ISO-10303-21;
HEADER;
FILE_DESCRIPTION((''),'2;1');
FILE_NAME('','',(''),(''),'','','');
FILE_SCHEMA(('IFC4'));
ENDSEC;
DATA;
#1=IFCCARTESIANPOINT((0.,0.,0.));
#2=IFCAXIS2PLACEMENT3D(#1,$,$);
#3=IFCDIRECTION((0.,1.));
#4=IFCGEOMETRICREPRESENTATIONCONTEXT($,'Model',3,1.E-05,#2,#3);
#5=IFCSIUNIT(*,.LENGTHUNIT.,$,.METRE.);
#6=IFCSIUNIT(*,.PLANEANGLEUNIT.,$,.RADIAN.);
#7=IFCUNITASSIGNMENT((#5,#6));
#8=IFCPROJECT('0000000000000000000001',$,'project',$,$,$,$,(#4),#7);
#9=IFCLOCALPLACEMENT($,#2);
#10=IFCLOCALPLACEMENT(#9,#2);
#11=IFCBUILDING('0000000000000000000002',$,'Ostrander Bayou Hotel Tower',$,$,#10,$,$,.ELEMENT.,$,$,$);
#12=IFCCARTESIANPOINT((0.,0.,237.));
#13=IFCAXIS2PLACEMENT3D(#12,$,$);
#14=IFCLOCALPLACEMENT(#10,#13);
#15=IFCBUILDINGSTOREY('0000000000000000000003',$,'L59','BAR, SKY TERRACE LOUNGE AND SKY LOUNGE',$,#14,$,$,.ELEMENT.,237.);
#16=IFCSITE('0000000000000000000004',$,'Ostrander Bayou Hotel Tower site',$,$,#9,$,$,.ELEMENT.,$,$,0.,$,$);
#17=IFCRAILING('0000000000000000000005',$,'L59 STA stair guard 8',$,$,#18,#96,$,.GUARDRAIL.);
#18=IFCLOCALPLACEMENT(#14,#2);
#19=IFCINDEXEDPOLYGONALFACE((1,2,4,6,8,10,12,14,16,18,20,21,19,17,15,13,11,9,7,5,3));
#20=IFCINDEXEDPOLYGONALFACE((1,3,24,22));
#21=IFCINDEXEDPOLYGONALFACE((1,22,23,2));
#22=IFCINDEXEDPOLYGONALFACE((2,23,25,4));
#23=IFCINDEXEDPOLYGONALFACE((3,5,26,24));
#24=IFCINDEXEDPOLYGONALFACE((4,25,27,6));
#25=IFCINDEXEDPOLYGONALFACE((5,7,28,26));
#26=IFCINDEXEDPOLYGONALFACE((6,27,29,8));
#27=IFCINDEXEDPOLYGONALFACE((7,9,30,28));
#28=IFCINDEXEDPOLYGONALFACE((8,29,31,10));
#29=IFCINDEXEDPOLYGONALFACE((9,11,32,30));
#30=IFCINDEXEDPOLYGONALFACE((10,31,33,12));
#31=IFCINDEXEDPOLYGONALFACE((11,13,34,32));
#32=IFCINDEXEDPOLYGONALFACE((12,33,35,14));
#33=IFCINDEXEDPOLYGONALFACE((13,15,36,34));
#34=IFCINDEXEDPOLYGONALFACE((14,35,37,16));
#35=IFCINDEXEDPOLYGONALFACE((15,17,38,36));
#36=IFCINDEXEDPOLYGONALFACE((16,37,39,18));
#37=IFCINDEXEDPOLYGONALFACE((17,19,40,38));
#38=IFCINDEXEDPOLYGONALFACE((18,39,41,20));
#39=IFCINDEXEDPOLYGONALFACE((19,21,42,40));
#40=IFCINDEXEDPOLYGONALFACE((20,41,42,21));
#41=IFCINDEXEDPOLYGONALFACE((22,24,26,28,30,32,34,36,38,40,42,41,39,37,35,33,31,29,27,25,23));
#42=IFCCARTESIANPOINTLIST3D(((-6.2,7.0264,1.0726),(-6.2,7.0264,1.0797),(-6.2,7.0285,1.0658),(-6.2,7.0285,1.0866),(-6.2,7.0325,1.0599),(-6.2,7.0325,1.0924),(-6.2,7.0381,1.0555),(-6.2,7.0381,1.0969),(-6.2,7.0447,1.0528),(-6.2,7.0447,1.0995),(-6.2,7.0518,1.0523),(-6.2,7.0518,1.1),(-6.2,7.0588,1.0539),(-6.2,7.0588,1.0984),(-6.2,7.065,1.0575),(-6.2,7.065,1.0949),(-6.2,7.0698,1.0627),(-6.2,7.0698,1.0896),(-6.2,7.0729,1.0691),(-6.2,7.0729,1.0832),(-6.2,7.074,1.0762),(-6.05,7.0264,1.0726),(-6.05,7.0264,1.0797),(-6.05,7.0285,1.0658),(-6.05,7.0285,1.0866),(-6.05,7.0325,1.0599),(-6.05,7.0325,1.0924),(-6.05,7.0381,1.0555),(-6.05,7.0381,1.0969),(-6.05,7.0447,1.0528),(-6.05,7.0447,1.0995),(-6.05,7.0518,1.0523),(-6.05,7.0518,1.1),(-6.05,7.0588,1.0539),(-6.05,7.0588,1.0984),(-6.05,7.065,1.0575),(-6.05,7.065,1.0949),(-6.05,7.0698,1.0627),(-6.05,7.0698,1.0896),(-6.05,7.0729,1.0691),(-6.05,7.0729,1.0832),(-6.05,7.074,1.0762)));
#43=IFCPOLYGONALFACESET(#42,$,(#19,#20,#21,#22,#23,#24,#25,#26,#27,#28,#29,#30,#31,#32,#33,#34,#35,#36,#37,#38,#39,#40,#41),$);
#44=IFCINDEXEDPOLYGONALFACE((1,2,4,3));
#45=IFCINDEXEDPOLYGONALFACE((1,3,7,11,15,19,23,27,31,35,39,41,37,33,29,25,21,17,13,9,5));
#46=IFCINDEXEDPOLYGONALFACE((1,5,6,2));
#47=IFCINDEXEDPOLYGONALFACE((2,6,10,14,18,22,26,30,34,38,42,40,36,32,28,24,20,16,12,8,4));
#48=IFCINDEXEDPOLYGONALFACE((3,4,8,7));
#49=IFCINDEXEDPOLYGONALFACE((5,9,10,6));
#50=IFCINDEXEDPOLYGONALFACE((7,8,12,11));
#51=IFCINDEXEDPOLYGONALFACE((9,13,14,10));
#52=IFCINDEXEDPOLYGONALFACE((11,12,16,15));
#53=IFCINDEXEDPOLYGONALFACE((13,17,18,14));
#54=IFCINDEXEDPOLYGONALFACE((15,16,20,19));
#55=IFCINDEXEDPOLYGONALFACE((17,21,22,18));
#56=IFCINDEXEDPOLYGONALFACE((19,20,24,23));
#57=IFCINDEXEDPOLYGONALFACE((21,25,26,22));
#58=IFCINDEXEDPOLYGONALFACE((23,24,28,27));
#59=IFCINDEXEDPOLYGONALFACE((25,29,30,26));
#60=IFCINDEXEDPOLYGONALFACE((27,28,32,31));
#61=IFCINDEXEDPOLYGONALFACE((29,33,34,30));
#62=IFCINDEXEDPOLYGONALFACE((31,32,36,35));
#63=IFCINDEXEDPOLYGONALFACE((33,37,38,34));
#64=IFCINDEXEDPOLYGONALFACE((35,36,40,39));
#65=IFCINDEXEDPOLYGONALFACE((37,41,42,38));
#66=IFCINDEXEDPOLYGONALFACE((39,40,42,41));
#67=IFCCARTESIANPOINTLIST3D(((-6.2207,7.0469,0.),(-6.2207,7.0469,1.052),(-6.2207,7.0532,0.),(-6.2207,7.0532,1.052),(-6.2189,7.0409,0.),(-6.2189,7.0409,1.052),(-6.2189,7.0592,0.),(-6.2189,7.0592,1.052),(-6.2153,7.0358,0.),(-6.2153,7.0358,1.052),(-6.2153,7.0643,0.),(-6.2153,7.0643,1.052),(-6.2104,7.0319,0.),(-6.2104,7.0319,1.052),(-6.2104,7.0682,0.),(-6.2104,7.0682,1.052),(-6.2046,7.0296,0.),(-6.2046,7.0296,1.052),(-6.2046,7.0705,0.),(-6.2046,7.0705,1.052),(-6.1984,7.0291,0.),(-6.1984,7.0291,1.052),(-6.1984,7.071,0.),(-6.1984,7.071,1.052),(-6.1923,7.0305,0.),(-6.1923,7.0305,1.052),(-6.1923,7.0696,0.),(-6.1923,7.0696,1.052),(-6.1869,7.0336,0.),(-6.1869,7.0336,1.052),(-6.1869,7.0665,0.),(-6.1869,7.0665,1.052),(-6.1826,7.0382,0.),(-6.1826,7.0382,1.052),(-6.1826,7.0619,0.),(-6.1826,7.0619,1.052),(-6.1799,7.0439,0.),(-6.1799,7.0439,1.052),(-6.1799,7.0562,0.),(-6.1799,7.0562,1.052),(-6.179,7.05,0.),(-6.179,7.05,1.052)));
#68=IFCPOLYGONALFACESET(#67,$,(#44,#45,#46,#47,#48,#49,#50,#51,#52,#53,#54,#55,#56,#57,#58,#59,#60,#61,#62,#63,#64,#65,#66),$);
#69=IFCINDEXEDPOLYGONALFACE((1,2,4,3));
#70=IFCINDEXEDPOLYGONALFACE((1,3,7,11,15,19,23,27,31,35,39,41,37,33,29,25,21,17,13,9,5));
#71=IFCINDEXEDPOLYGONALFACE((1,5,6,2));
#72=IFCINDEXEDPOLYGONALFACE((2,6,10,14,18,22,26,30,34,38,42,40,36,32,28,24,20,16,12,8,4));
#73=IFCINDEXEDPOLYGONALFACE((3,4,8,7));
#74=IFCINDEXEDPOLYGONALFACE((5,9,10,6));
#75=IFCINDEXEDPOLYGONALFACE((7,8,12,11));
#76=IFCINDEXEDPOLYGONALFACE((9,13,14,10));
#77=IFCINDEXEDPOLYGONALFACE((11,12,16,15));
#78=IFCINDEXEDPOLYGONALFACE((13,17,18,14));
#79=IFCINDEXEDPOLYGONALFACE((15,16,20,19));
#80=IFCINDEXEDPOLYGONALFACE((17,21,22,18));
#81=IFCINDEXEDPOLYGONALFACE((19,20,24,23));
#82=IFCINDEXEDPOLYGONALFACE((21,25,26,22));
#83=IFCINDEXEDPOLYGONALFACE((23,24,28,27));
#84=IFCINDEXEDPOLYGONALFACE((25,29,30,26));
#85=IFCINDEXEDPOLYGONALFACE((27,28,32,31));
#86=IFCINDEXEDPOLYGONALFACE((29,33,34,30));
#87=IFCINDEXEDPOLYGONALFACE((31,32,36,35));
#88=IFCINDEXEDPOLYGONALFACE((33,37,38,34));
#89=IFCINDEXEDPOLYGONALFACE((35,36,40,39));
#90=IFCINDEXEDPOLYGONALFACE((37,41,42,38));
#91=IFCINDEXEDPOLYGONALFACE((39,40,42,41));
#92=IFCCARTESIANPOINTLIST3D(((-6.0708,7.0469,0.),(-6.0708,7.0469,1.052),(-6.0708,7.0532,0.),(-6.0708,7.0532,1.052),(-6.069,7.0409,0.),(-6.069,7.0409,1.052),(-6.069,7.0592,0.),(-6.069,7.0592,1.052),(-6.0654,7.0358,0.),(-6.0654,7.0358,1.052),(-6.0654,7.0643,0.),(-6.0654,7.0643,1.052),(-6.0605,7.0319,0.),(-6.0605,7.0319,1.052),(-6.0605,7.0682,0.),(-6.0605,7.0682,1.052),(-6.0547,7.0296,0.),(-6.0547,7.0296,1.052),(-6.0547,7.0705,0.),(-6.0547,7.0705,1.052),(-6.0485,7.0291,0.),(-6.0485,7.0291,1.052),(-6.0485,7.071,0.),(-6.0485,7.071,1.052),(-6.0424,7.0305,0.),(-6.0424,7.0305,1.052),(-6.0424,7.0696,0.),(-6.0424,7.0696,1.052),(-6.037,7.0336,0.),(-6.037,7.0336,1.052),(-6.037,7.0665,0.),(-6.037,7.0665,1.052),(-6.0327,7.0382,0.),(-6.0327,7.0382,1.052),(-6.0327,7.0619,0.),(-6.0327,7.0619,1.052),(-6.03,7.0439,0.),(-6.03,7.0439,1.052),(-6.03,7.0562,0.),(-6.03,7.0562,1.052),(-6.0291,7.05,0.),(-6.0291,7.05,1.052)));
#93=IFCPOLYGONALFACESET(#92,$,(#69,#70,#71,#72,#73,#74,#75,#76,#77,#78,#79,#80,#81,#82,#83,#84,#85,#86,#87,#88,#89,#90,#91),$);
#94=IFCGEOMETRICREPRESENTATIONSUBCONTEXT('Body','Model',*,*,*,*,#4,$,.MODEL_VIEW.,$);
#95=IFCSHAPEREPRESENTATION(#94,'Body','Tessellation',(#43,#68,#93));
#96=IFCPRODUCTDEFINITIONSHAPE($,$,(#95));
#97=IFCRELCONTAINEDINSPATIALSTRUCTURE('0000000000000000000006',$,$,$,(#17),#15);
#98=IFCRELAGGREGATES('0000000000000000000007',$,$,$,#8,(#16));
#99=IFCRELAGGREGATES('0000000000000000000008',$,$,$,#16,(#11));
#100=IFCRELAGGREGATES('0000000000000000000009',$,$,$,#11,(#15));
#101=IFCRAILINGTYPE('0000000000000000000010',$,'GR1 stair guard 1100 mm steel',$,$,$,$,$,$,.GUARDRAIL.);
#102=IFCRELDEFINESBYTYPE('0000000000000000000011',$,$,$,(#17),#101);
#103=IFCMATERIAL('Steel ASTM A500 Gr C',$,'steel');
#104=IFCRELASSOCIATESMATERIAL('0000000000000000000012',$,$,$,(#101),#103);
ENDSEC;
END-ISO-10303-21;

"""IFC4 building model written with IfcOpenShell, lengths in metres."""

from ifc_helpers import new_model, si_unit, direction, frame, origin, origin_2d, place, context, subcontext, project, spatial, circle, extrude, material, type_object, element, save


model = new_model("IFC4")

# Units and contexts
model_context = context("Model", 3, precision=1e-05, world=origin(), true_north=direction((0.0, 1.0)))
body_context = subcontext(model_context, "Body", "Model", "MODEL_VIEW")
ifc_project = project(units=[si_unit("LENGTHUNIT", "METRE"), si_unit("PLANEANGLEUNIT", "RADIAN")], contexts=[model_context])

# Site, building, storey
site_placement = place(None, origin())
site = spatial("IfcSite", under=ifc_project, at=site_placement, Name="Ostrander Bayou Hotel Tower site", CompositionType="ELEMENT", RefElevation=0.0)
building_placement = place(site_placement, origin())
building = spatial("IfcBuilding", under=site, at=building_placement, Name="Ostrander Bayou Hotel Tower", CompositionType="ELEMENT")
storey_placement = place(building_placement, frame((0.0, 0.0, 237.0)))
storey = spatial("IfcBuildingStorey", under=building, at=storey_placement, Name="L59", Description="BAR, SKY TERRACE LOUNGE AND SKY LOUNGE", CompositionType="ELEMENT", Elevation=237.0)

# Railing
ifc_material_1 = material(Name="Steel ASTM A500 Gr C", Category="steel")
railing_type_1 = type_object("IfcRailingType", Name="GR1 stair guard 1100 mm steel", PredefinedType="GUARDRAIL", material=ifc_material_1)
railing_1_placement = place(storey_placement, frame((-6.2, 7.05, 0.0)))
element("IfcRailing", 1, at=railing_1_placement, inside=storey, type_object=railing_type_1, Name="L59 STA stair guard 8", PredefinedType="GUARDRAIL", context=body_context, shape_type="SweptSolid", body=[
    extrude(circle(Radius=0.0239, at=origin_2d()), frame((0.0, 0.0, 1.0762), z_axis=(1.0, 0.0, 0.0), x_axis=(0.0, 1.0, 0.0)), (0.0, 0.0, 1.0), 0.1499),
    extrude(circle(Radius=0.021, at=origin_2d()), origin(), (0.0, 0.0, 1.0), 1.052),
    extrude(circle(Radius=0.021, at=origin_2d()), frame((0.1499, 0.0, 0.0)), (0.0, 0.0, 1.0), 1.052),
])

save(model, "model.ifc")
